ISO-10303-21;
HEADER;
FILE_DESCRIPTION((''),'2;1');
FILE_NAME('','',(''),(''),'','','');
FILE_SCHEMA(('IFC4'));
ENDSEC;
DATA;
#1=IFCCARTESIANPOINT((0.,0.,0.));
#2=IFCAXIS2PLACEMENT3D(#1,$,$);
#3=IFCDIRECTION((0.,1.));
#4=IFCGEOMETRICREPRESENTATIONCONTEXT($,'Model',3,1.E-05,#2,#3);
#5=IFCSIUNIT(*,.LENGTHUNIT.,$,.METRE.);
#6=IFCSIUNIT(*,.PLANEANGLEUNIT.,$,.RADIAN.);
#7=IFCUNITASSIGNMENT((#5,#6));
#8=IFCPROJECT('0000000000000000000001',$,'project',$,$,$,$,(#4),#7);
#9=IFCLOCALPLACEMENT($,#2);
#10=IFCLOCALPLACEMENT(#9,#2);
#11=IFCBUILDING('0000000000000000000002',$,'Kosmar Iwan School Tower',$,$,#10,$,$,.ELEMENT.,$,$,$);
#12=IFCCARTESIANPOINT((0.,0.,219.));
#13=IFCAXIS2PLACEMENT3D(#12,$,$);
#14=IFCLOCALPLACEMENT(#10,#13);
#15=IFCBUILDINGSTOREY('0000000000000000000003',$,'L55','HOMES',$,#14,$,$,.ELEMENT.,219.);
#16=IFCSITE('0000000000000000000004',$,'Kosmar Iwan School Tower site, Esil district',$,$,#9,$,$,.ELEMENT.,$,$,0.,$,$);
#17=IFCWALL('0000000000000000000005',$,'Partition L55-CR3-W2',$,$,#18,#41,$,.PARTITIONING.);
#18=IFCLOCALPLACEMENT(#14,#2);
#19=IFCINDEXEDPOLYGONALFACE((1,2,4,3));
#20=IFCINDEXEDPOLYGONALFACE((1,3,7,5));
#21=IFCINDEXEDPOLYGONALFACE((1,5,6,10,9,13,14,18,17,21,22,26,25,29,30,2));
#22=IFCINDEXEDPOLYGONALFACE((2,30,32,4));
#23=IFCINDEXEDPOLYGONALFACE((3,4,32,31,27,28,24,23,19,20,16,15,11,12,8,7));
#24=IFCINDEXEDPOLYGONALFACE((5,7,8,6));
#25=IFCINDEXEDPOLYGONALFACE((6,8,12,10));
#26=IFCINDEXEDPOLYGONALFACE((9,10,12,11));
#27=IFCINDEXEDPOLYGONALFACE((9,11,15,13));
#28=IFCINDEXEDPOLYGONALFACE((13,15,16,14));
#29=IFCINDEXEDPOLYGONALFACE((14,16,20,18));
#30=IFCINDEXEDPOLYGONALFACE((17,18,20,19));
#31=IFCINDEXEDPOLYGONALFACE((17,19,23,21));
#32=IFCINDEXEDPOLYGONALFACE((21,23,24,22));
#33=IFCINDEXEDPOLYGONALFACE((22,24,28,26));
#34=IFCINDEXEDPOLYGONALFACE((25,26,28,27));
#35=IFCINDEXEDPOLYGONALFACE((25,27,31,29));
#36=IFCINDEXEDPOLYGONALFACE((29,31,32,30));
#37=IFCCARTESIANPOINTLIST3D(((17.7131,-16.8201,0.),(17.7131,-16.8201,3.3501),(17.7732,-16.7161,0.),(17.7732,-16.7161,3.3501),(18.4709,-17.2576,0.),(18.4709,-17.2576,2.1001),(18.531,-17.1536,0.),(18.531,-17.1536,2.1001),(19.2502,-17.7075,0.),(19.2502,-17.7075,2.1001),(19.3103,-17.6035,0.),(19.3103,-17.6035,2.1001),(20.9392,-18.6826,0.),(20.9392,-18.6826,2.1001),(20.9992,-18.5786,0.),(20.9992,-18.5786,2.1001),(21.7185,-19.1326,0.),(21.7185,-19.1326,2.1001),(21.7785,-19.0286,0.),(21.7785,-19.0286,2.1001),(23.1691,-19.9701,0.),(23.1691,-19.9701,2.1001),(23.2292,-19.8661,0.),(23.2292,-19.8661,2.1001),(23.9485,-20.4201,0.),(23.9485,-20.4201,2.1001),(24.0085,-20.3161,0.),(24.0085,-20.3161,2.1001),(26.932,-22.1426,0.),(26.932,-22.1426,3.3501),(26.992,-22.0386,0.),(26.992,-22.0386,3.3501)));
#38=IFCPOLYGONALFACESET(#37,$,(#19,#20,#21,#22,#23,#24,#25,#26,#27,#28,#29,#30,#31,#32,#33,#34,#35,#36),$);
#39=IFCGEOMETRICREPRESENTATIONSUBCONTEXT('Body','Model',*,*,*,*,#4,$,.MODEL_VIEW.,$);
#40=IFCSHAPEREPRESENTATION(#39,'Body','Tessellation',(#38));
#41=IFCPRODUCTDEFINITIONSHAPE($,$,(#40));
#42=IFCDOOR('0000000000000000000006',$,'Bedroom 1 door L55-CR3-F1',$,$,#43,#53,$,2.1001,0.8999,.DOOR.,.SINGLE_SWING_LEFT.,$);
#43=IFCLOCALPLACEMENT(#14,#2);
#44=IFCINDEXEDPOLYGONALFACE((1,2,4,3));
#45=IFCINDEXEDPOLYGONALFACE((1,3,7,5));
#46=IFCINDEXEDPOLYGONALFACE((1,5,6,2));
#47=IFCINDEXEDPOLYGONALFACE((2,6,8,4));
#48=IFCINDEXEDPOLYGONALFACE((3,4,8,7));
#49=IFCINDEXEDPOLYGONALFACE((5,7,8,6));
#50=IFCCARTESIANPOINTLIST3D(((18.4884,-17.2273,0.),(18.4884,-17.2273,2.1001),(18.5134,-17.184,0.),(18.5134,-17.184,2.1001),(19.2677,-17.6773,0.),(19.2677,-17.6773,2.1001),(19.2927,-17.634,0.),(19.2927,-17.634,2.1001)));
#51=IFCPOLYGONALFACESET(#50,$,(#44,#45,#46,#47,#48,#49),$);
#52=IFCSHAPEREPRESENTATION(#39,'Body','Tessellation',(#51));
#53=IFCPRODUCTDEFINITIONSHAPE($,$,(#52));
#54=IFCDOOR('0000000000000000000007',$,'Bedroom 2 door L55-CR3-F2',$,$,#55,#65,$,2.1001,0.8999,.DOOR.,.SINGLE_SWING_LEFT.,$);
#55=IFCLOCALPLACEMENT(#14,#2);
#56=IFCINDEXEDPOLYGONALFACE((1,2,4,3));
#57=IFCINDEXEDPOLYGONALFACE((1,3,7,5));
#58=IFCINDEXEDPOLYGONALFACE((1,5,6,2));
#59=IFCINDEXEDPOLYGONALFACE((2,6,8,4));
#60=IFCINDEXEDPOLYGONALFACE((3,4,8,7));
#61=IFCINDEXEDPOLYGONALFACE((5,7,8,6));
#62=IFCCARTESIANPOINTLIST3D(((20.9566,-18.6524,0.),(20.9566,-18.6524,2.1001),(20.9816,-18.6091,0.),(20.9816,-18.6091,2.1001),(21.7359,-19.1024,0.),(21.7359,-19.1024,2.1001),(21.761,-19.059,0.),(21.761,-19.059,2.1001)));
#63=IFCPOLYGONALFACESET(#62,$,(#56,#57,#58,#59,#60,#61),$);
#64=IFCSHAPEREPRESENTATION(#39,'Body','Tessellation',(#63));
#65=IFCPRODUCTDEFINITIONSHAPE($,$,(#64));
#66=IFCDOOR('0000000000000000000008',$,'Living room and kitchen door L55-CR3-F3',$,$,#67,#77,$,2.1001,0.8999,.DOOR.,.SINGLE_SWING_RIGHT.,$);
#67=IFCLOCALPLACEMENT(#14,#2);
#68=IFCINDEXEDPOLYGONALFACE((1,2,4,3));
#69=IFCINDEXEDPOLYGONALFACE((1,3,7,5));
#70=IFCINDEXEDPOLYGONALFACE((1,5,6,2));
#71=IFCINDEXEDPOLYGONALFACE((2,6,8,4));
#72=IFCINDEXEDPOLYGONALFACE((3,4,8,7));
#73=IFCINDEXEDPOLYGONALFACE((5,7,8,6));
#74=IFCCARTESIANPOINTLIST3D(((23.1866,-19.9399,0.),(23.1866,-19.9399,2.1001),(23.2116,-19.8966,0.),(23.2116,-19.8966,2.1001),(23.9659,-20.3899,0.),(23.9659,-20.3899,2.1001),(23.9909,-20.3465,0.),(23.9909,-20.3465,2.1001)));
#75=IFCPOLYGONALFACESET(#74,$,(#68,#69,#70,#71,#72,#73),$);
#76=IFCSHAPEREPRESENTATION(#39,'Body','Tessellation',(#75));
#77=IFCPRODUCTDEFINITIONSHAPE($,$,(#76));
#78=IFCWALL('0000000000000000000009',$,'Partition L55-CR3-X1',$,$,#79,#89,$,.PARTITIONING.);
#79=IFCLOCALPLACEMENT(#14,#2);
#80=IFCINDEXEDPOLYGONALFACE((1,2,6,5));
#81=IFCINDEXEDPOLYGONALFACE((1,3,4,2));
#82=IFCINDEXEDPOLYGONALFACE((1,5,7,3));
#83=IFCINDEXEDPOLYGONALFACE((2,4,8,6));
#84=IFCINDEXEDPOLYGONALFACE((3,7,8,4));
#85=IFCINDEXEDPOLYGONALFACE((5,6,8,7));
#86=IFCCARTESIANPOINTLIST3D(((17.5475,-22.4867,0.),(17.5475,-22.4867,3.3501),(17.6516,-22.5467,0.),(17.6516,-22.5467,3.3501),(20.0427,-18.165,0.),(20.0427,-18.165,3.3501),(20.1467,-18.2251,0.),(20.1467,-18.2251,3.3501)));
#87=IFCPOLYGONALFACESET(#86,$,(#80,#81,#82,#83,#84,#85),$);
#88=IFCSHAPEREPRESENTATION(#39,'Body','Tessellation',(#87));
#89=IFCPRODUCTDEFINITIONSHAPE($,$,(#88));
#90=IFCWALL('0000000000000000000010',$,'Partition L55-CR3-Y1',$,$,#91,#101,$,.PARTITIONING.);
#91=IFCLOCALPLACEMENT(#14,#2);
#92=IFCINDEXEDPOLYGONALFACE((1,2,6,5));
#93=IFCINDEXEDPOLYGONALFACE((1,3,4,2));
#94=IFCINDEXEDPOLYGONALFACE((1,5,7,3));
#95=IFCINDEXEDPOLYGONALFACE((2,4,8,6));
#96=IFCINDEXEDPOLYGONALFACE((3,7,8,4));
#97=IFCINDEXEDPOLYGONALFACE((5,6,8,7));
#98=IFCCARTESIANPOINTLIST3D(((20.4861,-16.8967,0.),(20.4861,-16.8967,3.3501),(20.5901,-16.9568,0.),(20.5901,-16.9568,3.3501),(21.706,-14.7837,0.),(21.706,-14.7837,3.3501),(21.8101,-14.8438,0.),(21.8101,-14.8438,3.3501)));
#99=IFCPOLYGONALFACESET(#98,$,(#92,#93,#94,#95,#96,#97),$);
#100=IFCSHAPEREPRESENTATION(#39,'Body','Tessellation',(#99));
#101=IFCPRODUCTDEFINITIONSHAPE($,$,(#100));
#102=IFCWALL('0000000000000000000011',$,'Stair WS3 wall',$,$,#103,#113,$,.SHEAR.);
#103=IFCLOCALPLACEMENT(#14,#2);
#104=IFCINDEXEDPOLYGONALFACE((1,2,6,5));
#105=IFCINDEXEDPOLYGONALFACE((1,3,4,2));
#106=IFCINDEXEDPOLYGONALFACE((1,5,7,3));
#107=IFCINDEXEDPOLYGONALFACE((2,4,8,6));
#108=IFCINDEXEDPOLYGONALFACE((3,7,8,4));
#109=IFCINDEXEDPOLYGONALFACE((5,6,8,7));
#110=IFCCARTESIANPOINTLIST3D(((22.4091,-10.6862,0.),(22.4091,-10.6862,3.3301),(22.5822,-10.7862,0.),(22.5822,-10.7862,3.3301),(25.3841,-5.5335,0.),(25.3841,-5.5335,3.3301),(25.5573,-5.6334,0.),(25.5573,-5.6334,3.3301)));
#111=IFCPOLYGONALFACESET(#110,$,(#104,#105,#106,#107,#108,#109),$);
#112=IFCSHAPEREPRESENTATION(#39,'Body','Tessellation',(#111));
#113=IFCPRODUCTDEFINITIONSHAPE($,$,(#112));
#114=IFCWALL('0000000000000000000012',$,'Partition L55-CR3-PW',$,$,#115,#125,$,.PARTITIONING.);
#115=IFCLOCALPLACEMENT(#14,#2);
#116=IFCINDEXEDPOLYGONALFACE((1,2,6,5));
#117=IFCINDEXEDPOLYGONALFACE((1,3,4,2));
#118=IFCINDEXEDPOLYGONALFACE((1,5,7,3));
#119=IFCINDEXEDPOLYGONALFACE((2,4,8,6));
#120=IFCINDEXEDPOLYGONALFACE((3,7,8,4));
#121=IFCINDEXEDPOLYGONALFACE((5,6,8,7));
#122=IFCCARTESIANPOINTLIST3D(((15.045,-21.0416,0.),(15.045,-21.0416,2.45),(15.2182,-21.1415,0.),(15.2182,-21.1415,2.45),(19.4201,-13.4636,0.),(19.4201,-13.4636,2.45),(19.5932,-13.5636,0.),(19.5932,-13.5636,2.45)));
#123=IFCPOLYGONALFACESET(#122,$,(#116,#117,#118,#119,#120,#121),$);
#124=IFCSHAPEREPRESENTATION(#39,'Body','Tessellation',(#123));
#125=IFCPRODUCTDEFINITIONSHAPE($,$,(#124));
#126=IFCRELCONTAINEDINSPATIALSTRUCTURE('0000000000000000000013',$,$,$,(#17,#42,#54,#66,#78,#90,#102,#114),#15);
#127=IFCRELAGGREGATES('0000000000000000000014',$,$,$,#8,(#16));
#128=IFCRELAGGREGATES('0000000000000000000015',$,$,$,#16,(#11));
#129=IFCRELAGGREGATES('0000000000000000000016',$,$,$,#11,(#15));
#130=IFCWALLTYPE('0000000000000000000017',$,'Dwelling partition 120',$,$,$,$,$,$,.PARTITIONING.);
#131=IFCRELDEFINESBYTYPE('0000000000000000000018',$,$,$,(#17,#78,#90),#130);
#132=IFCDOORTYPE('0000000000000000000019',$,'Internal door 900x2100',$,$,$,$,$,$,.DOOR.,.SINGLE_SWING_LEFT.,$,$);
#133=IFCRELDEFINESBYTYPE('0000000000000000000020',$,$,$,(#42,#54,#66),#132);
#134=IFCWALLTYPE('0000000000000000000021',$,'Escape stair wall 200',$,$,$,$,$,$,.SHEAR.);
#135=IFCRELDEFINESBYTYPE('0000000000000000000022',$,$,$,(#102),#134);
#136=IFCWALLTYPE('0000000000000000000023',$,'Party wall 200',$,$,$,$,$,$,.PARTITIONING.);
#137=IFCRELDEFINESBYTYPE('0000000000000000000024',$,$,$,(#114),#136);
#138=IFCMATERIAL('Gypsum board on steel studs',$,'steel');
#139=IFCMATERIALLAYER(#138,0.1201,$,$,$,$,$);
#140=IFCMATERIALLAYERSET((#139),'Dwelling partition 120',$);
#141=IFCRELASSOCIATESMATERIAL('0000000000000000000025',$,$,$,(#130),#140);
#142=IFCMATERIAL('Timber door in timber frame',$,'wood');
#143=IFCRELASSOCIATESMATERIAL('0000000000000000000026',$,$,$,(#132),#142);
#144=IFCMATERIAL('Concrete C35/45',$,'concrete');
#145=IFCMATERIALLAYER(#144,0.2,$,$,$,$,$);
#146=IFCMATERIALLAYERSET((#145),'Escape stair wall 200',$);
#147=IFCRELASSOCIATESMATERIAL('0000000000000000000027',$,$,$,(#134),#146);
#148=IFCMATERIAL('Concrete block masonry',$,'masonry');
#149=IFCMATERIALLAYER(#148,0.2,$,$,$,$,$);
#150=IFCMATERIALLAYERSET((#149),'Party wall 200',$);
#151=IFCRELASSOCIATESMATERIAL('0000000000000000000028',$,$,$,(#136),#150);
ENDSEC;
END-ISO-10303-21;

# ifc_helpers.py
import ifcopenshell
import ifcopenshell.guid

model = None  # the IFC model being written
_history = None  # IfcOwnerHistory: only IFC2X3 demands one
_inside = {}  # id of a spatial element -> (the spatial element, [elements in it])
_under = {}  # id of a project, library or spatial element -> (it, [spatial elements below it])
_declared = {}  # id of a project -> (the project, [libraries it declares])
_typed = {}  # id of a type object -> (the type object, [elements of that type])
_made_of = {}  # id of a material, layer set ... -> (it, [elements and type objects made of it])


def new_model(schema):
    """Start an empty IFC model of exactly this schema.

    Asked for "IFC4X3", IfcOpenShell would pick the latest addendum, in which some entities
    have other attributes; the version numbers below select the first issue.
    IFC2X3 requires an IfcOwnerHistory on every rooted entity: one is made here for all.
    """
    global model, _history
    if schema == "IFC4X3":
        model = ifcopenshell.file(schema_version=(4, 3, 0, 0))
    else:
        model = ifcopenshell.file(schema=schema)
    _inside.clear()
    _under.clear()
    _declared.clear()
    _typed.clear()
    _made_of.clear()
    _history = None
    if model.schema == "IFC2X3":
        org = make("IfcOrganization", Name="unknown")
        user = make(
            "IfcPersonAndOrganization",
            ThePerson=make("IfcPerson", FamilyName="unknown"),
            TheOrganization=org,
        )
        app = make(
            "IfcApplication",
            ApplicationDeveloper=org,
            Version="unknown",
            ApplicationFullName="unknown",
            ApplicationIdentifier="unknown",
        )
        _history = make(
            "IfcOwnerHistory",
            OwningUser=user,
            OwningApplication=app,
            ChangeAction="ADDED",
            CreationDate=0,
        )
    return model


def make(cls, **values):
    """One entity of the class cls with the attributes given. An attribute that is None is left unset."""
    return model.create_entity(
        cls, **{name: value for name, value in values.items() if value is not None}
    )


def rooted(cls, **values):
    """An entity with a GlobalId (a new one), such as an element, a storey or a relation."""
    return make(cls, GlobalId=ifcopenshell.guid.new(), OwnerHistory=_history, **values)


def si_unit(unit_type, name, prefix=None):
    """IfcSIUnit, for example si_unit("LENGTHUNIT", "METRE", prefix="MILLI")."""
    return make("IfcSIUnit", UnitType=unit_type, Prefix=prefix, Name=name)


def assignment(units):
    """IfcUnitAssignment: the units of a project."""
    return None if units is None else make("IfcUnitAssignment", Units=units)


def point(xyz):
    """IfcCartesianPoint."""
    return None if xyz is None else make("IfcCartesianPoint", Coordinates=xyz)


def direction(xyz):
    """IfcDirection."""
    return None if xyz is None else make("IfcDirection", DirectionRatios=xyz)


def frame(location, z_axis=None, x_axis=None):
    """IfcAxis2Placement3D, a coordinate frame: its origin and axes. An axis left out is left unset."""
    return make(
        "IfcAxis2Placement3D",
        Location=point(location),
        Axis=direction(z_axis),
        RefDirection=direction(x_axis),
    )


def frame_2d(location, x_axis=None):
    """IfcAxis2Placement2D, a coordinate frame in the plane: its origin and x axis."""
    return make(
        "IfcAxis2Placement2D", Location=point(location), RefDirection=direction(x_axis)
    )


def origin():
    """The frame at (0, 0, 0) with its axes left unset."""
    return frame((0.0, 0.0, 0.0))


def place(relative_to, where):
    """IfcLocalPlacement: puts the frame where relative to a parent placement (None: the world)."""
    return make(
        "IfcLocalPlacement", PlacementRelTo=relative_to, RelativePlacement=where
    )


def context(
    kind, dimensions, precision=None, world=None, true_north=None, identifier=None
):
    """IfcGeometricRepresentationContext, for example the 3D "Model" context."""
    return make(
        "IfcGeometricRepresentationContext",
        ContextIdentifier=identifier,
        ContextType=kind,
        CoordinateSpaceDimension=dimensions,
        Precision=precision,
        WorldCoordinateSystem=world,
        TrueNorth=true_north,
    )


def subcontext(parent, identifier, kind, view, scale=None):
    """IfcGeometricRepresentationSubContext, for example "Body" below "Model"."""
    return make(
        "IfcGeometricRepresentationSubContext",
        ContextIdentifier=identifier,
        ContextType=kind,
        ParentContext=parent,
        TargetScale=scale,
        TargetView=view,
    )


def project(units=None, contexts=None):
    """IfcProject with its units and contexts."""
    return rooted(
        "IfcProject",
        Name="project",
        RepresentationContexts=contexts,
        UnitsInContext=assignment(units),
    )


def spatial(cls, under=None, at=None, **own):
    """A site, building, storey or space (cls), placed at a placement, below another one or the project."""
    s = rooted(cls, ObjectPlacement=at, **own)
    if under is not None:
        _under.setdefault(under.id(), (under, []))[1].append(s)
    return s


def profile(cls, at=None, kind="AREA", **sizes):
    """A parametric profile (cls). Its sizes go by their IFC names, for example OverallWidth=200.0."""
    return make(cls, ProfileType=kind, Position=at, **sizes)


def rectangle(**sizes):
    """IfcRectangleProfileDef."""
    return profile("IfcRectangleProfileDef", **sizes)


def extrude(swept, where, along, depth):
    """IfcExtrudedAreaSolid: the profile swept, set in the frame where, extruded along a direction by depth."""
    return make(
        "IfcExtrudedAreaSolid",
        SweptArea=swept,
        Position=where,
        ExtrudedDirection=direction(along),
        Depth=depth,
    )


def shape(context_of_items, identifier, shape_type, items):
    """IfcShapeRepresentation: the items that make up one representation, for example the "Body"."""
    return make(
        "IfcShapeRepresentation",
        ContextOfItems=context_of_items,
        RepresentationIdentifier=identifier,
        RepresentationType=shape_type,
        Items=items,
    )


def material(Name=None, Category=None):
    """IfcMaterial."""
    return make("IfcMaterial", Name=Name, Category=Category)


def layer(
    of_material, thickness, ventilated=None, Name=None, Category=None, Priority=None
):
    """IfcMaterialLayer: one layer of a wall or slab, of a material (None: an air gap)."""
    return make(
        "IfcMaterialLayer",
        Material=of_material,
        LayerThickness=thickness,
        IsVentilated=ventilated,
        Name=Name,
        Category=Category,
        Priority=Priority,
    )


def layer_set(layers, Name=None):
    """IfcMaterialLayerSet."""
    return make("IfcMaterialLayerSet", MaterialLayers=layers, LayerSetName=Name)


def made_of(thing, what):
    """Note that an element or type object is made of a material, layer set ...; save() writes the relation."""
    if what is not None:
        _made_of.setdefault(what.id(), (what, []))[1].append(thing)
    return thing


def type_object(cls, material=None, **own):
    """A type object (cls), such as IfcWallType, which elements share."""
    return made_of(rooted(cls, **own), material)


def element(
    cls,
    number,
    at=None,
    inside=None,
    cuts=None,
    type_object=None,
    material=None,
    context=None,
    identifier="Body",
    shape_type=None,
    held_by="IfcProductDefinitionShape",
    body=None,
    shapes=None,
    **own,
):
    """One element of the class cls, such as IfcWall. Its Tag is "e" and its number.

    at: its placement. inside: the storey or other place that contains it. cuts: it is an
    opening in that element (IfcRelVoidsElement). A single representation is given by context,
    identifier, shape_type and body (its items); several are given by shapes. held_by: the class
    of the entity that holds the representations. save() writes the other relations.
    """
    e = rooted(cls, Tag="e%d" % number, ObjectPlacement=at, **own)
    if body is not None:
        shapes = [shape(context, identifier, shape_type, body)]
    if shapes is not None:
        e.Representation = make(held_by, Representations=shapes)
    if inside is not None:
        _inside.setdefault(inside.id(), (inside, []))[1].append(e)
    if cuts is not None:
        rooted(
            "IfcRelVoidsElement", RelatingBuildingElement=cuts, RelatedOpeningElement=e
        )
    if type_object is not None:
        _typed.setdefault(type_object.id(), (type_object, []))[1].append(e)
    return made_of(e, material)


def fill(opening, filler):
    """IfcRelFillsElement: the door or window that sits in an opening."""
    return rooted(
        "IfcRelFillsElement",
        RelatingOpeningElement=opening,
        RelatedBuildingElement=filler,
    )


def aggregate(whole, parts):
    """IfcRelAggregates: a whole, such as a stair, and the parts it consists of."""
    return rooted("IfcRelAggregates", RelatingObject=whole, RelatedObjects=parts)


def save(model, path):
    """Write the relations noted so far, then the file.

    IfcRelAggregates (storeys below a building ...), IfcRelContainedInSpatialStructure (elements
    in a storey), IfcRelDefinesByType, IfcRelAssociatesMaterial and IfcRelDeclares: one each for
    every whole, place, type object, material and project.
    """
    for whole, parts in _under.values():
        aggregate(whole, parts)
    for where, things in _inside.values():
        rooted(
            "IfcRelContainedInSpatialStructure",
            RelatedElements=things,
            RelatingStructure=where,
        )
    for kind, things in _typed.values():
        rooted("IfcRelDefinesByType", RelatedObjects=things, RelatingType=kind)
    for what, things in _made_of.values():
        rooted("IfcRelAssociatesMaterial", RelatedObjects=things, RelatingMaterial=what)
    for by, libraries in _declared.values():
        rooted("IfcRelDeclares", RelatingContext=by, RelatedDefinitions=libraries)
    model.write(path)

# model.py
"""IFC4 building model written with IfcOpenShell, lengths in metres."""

from ifc_helpers import new_model, si_unit, direction, frame, frame_2d, origin, place, context, subcontext, project, spatial, rectangle, extrude, material, layer, layer_set, type_object, element, fill, save


model = new_model("IFC4")

# Units and contexts
model_context = context("Model", 3, precision=1e-05, world=origin(), true_north=direction((0.0, 1.0)))
body_context = subcontext(model_context, "Body", "Model", "MODEL_VIEW")
ifc_project = project(units=[si_unit("LENGTHUNIT", "METRE"), si_unit("PLANEANGLEUNIT", "RADIAN")], contexts=[model_context])

# Site, building, storey
site_placement = place(None, origin())
site = spatial("IfcSite", under=ifc_project, at=site_placement, Name="Kosmar Iwan School Tower site, Esil district", CompositionType="ELEMENT", RefElevation=0.0)
building_placement = place(site_placement, origin())
building = spatial("IfcBuilding", under=site, at=building_placement, Name="Kosmar Iwan School Tower", CompositionType="ELEMENT")
storey_placement = place(building_placement, frame((0.0, 0.0, 219.0)))
storey = spatial("IfcBuildingStorey", under=building, at=storey_placement, Name="L55", Description="HOMES", CompositionType="ELEMENT", Elevation=219.0)

# Shared definitions
ifc_material_1 = material(Name="Gypsum board on steel studs", Category="steel")
ifc_layer_1 = layer(ifc_material_1, 0.1201)
ifc_layer_set_1 = layer_set([ifc_layer_1], Name="Dwelling partition 120")
wall_type_1 = type_object("IfcWallType", Name="Dwelling partition 120", PredefinedType="PARTITIONING", material=ifc_layer_set_1)

# Wall, openings, doors
ifc_material_2 = material(Name="Timber door in timber frame", Category="wood")
door_type_1 = type_object("IfcDoorType", Name="Internal door 900x2100", OperationType="SINGLE_SWING_LEFT", PredefinedType="DOOR", material=ifc_material_2)
wall_1_placement = place(storey_placement, frame((17.7432, -16.7681, 0.0), z_axis=(0.0, 0.0, 1.0), x_axis=(0.866023, -0.500004, 0.0)))
wall_1 = element("IfcWall", 1, at=wall_1_placement, inside=storey, type_object=wall_type_1, Name="Partition L55-CR3-W2", PredefinedType="PARTITIONING", context=body_context, shape_type="SweptSolid", body=[
    extrude(rectangle(XDim=10.645, YDim=0.1201, at=frame_2d((5.3225, 0.0))), origin(), (0.0, 0.0, 1.0), 3.3501),
])
opening_1_placement = place(wall_1_placement, frame((0.875, 0.0, 0.0)))
opening_1 = element("IfcOpeningElement", 2, at=opening_1_placement, cuts=wall_1, PredefinedType="OPENING", context=body_context, shape_type="SweptSolid", body=[
    extrude(rectangle(XDim=0.8999, YDim=2.1001, at=frame_2d((0.45, 1.05))), frame((0.0, 0.072, 0.0), z_axis=(0.0, -1.0, 0.0), x_axis=(1.0, 0.0, 0.0)), (0.0, 0.0, 1.0), 0.144),
])
opening_2_placement = place(wall_1_placement, frame((3.7251, 0.0, 0.0)))
opening_2 = element("IfcOpeningElement", 3, at=opening_2_placement, cuts=wall_1, PredefinedType="OPENING", context=body_context, shape_type="SweptSolid", body=[
    extrude(rectangle(XDim=0.8999, YDim=2.1001, at=frame_2d((0.45, 1.05))), frame((0.0, 0.072, 0.0), z_axis=(0.0, -1.0, 0.0), x_axis=(1.0, 0.0, 0.0)), (0.0, 0.0, 1.0), 0.144),
])
opening_3_placement = place(wall_1_placement, frame((6.3, 0.0, 0.0)))
opening_3 = element("IfcOpeningElement", 4, at=opening_3_placement, cuts=wall_1, PredefinedType="OPENING", context=body_context, shape_type="SweptSolid", body=[
    extrude(rectangle(XDim=0.8999, YDim=2.1001, at=frame_2d((0.45, 1.05))), frame((0.0, 0.072, 0.0), z_axis=(0.0, -1.0, 0.0), x_axis=(1.0, 0.0, 0.0)), (0.0, 0.0, 1.0), 0.144),
])
door_1_placement = place(opening_1_placement, origin())
door_1 = element("IfcDoor", 5, at=door_1_placement, inside=storey, type_object=door_type_1, Name="Bedroom 1 door L55-CR3-F1", OperationType="SINGLE_SWING_LEFT", OverallHeight=2.1001, OverallWidth=0.8999, PredefinedType="DOOR", context=body_context, shape_type="SweptSolid", body=[
    extrude(rectangle(XDim=0.8999, YDim=2.1001, at=frame_2d((0.45, 1.05))), frame((0.0, 0.0249, 0.0), z_axis=(0.0, -1.0, 0.0), x_axis=(1.0, 0.0, 0.0)), (0.0, 0.0, 1.0), 0.05),
])
fill(opening_1, door_1)
door_2_placement = place(opening_2_placement, origin())
door_2 = element("IfcDoor", 6, at=door_2_placement, inside=storey, type_object=door_type_1, Name="Bedroom 2 door L55-CR3-F2", OperationType="SINGLE_SWING_LEFT", OverallHeight=2.1001, OverallWidth=0.8999, PredefinedType="DOOR", context=body_context, shape_type="SweptSolid", body=[
    extrude(rectangle(XDim=0.8999, YDim=2.1001, at=frame_2d((0.45, 1.05))), frame((0.0, 0.0249, 0.0), z_axis=(0.0, -1.0, 0.0), x_axis=(1.0, 0.0, 0.0)), (0.0, 0.0, 1.0), 0.05),
])
fill(opening_2, door_2)
door_3_placement = place(opening_3_placement, origin())
door_3 = element("IfcDoor", 7, at=door_3_placement, inside=storey, type_object=door_type_1, Name="Living room and kitchen door L55-CR3-F3", OperationType="SINGLE_SWING_RIGHT", OverallHeight=2.1001, OverallWidth=0.8999, PredefinedType="DOOR", context=body_context, shape_type="SweptSolid", body=[
    extrude(rectangle(XDim=0.8999, YDim=2.1001, at=frame_2d((0.45, 1.05))), frame((0.0, 0.0249, 0.0), z_axis=(0.0, -1.0, 0.0), x_axis=(1.0, 0.0, 0.0)), (0.0, 0.0, 1.0), 0.05),
])
fill(opening_3, door_3)

# Walls
wall_2_placement = place(storey_placement, frame((20.0947, -18.1951, 0.0), z_axis=(0.0, 0.0, 1.0), x_axis=(-0.500012, -0.866019, 0.0)))
element("IfcWall", 8, at=wall_2_placement, inside=storey, type_object=wall_type_1, Name="Partition L55-CR3-X1", PredefinedType="PARTITIONING", context=body_context, shape_type="SweptSolid", body=[
    extrude(rectangle(XDim=4.9902, YDim=0.1201, at=frame_2d((2.4951, 0.0))), origin(), (0.0, 0.0, 1.0), 3.3501),
])
wall_3_placement = place(storey_placement, frame((21.7581, -14.8137, 0.0), z_axis=(0.0, 0.0, 1.0), x_axis=(-0.500003, -0.866024, 0.0)))
element("IfcWall", 9, at=wall_3_placement, inside=storey, type_object=wall_type_1, Name="Partition L55-CR3-Y1", PredefinedType="PARTITIONING", context=body_context, shape_type="SweptSolid", body=[
    extrude(rectangle(XDim=2.4399, YDim=0.1201, at=frame_2d((1.22, 0.0))), origin(), (0.0, 0.0, 1.0), 3.3501),
])
ifc_material_3 = material(Name="Concrete C35/45", Category="concrete")
ifc_layer_2 = layer(ifc_material_3, 0.2)
ifc_layer_set_2 = layer_set([ifc_layer_2], Name="Escape stair wall 200")
wall_type_2 = type_object("IfcWallType", Name="Escape stair wall 200", PredefinedType="SHEAR", material=ifc_layer_set_2)
wall_4_placement = place(storey_placement, frame((22.4956, -10.7363, 0.0), z_axis=(0.0, 0.0, 1.0), x_axis=(0.500014, 0.866017, 0.0)))
element("IfcWall", 10, at=wall_4_placement, inside=storey, type_object=wall_type_2, Name="Stair WS3 wall", PredefinedType="SHEAR", context=body_context, shape_type="SweptSolid", body=[
    extrude(rectangle(XDim=5.95, YDim=0.2, at=frame_2d((2.9751, 0.0))), origin(), (0.0, 0.0, 1.0), 3.3301),
])
ifc_material_4 = material(Name="Concrete block masonry", Category="masonry")
ifc_layer_3 = layer(ifc_material_4, 0.2)
ifc_layer_set_3 = layer_set([ifc_layer_3], Name="Party wall 200")
wall_type_3 = type_object("IfcWallType", Name="Party wall 200", PredefinedType="PARTITIONING", material=ifc_layer_set_3)
wall_5_placement = place(storey_placement, frame((19.5066, -13.5137, 0.0), z_axis=(0.0, 0.0, 1.0), x_axis=(-0.499992, -0.86603, 0.0)))
element("IfcWall", 11, at=wall_5_placement, inside=storey, type_object=wall_type_3, Name="Partition L55-CR3-PW", PredefinedType="PARTITIONING", context=body_context, shape_type="SweptSolid", body=[
    extrude(rectangle(XDim=8.7502, YDim=0.2, at=frame_2d((4.375, 0.0))), origin(), (0.0, 0.0, 1.0), 2.45),
])

save(model, "model.ifc")
